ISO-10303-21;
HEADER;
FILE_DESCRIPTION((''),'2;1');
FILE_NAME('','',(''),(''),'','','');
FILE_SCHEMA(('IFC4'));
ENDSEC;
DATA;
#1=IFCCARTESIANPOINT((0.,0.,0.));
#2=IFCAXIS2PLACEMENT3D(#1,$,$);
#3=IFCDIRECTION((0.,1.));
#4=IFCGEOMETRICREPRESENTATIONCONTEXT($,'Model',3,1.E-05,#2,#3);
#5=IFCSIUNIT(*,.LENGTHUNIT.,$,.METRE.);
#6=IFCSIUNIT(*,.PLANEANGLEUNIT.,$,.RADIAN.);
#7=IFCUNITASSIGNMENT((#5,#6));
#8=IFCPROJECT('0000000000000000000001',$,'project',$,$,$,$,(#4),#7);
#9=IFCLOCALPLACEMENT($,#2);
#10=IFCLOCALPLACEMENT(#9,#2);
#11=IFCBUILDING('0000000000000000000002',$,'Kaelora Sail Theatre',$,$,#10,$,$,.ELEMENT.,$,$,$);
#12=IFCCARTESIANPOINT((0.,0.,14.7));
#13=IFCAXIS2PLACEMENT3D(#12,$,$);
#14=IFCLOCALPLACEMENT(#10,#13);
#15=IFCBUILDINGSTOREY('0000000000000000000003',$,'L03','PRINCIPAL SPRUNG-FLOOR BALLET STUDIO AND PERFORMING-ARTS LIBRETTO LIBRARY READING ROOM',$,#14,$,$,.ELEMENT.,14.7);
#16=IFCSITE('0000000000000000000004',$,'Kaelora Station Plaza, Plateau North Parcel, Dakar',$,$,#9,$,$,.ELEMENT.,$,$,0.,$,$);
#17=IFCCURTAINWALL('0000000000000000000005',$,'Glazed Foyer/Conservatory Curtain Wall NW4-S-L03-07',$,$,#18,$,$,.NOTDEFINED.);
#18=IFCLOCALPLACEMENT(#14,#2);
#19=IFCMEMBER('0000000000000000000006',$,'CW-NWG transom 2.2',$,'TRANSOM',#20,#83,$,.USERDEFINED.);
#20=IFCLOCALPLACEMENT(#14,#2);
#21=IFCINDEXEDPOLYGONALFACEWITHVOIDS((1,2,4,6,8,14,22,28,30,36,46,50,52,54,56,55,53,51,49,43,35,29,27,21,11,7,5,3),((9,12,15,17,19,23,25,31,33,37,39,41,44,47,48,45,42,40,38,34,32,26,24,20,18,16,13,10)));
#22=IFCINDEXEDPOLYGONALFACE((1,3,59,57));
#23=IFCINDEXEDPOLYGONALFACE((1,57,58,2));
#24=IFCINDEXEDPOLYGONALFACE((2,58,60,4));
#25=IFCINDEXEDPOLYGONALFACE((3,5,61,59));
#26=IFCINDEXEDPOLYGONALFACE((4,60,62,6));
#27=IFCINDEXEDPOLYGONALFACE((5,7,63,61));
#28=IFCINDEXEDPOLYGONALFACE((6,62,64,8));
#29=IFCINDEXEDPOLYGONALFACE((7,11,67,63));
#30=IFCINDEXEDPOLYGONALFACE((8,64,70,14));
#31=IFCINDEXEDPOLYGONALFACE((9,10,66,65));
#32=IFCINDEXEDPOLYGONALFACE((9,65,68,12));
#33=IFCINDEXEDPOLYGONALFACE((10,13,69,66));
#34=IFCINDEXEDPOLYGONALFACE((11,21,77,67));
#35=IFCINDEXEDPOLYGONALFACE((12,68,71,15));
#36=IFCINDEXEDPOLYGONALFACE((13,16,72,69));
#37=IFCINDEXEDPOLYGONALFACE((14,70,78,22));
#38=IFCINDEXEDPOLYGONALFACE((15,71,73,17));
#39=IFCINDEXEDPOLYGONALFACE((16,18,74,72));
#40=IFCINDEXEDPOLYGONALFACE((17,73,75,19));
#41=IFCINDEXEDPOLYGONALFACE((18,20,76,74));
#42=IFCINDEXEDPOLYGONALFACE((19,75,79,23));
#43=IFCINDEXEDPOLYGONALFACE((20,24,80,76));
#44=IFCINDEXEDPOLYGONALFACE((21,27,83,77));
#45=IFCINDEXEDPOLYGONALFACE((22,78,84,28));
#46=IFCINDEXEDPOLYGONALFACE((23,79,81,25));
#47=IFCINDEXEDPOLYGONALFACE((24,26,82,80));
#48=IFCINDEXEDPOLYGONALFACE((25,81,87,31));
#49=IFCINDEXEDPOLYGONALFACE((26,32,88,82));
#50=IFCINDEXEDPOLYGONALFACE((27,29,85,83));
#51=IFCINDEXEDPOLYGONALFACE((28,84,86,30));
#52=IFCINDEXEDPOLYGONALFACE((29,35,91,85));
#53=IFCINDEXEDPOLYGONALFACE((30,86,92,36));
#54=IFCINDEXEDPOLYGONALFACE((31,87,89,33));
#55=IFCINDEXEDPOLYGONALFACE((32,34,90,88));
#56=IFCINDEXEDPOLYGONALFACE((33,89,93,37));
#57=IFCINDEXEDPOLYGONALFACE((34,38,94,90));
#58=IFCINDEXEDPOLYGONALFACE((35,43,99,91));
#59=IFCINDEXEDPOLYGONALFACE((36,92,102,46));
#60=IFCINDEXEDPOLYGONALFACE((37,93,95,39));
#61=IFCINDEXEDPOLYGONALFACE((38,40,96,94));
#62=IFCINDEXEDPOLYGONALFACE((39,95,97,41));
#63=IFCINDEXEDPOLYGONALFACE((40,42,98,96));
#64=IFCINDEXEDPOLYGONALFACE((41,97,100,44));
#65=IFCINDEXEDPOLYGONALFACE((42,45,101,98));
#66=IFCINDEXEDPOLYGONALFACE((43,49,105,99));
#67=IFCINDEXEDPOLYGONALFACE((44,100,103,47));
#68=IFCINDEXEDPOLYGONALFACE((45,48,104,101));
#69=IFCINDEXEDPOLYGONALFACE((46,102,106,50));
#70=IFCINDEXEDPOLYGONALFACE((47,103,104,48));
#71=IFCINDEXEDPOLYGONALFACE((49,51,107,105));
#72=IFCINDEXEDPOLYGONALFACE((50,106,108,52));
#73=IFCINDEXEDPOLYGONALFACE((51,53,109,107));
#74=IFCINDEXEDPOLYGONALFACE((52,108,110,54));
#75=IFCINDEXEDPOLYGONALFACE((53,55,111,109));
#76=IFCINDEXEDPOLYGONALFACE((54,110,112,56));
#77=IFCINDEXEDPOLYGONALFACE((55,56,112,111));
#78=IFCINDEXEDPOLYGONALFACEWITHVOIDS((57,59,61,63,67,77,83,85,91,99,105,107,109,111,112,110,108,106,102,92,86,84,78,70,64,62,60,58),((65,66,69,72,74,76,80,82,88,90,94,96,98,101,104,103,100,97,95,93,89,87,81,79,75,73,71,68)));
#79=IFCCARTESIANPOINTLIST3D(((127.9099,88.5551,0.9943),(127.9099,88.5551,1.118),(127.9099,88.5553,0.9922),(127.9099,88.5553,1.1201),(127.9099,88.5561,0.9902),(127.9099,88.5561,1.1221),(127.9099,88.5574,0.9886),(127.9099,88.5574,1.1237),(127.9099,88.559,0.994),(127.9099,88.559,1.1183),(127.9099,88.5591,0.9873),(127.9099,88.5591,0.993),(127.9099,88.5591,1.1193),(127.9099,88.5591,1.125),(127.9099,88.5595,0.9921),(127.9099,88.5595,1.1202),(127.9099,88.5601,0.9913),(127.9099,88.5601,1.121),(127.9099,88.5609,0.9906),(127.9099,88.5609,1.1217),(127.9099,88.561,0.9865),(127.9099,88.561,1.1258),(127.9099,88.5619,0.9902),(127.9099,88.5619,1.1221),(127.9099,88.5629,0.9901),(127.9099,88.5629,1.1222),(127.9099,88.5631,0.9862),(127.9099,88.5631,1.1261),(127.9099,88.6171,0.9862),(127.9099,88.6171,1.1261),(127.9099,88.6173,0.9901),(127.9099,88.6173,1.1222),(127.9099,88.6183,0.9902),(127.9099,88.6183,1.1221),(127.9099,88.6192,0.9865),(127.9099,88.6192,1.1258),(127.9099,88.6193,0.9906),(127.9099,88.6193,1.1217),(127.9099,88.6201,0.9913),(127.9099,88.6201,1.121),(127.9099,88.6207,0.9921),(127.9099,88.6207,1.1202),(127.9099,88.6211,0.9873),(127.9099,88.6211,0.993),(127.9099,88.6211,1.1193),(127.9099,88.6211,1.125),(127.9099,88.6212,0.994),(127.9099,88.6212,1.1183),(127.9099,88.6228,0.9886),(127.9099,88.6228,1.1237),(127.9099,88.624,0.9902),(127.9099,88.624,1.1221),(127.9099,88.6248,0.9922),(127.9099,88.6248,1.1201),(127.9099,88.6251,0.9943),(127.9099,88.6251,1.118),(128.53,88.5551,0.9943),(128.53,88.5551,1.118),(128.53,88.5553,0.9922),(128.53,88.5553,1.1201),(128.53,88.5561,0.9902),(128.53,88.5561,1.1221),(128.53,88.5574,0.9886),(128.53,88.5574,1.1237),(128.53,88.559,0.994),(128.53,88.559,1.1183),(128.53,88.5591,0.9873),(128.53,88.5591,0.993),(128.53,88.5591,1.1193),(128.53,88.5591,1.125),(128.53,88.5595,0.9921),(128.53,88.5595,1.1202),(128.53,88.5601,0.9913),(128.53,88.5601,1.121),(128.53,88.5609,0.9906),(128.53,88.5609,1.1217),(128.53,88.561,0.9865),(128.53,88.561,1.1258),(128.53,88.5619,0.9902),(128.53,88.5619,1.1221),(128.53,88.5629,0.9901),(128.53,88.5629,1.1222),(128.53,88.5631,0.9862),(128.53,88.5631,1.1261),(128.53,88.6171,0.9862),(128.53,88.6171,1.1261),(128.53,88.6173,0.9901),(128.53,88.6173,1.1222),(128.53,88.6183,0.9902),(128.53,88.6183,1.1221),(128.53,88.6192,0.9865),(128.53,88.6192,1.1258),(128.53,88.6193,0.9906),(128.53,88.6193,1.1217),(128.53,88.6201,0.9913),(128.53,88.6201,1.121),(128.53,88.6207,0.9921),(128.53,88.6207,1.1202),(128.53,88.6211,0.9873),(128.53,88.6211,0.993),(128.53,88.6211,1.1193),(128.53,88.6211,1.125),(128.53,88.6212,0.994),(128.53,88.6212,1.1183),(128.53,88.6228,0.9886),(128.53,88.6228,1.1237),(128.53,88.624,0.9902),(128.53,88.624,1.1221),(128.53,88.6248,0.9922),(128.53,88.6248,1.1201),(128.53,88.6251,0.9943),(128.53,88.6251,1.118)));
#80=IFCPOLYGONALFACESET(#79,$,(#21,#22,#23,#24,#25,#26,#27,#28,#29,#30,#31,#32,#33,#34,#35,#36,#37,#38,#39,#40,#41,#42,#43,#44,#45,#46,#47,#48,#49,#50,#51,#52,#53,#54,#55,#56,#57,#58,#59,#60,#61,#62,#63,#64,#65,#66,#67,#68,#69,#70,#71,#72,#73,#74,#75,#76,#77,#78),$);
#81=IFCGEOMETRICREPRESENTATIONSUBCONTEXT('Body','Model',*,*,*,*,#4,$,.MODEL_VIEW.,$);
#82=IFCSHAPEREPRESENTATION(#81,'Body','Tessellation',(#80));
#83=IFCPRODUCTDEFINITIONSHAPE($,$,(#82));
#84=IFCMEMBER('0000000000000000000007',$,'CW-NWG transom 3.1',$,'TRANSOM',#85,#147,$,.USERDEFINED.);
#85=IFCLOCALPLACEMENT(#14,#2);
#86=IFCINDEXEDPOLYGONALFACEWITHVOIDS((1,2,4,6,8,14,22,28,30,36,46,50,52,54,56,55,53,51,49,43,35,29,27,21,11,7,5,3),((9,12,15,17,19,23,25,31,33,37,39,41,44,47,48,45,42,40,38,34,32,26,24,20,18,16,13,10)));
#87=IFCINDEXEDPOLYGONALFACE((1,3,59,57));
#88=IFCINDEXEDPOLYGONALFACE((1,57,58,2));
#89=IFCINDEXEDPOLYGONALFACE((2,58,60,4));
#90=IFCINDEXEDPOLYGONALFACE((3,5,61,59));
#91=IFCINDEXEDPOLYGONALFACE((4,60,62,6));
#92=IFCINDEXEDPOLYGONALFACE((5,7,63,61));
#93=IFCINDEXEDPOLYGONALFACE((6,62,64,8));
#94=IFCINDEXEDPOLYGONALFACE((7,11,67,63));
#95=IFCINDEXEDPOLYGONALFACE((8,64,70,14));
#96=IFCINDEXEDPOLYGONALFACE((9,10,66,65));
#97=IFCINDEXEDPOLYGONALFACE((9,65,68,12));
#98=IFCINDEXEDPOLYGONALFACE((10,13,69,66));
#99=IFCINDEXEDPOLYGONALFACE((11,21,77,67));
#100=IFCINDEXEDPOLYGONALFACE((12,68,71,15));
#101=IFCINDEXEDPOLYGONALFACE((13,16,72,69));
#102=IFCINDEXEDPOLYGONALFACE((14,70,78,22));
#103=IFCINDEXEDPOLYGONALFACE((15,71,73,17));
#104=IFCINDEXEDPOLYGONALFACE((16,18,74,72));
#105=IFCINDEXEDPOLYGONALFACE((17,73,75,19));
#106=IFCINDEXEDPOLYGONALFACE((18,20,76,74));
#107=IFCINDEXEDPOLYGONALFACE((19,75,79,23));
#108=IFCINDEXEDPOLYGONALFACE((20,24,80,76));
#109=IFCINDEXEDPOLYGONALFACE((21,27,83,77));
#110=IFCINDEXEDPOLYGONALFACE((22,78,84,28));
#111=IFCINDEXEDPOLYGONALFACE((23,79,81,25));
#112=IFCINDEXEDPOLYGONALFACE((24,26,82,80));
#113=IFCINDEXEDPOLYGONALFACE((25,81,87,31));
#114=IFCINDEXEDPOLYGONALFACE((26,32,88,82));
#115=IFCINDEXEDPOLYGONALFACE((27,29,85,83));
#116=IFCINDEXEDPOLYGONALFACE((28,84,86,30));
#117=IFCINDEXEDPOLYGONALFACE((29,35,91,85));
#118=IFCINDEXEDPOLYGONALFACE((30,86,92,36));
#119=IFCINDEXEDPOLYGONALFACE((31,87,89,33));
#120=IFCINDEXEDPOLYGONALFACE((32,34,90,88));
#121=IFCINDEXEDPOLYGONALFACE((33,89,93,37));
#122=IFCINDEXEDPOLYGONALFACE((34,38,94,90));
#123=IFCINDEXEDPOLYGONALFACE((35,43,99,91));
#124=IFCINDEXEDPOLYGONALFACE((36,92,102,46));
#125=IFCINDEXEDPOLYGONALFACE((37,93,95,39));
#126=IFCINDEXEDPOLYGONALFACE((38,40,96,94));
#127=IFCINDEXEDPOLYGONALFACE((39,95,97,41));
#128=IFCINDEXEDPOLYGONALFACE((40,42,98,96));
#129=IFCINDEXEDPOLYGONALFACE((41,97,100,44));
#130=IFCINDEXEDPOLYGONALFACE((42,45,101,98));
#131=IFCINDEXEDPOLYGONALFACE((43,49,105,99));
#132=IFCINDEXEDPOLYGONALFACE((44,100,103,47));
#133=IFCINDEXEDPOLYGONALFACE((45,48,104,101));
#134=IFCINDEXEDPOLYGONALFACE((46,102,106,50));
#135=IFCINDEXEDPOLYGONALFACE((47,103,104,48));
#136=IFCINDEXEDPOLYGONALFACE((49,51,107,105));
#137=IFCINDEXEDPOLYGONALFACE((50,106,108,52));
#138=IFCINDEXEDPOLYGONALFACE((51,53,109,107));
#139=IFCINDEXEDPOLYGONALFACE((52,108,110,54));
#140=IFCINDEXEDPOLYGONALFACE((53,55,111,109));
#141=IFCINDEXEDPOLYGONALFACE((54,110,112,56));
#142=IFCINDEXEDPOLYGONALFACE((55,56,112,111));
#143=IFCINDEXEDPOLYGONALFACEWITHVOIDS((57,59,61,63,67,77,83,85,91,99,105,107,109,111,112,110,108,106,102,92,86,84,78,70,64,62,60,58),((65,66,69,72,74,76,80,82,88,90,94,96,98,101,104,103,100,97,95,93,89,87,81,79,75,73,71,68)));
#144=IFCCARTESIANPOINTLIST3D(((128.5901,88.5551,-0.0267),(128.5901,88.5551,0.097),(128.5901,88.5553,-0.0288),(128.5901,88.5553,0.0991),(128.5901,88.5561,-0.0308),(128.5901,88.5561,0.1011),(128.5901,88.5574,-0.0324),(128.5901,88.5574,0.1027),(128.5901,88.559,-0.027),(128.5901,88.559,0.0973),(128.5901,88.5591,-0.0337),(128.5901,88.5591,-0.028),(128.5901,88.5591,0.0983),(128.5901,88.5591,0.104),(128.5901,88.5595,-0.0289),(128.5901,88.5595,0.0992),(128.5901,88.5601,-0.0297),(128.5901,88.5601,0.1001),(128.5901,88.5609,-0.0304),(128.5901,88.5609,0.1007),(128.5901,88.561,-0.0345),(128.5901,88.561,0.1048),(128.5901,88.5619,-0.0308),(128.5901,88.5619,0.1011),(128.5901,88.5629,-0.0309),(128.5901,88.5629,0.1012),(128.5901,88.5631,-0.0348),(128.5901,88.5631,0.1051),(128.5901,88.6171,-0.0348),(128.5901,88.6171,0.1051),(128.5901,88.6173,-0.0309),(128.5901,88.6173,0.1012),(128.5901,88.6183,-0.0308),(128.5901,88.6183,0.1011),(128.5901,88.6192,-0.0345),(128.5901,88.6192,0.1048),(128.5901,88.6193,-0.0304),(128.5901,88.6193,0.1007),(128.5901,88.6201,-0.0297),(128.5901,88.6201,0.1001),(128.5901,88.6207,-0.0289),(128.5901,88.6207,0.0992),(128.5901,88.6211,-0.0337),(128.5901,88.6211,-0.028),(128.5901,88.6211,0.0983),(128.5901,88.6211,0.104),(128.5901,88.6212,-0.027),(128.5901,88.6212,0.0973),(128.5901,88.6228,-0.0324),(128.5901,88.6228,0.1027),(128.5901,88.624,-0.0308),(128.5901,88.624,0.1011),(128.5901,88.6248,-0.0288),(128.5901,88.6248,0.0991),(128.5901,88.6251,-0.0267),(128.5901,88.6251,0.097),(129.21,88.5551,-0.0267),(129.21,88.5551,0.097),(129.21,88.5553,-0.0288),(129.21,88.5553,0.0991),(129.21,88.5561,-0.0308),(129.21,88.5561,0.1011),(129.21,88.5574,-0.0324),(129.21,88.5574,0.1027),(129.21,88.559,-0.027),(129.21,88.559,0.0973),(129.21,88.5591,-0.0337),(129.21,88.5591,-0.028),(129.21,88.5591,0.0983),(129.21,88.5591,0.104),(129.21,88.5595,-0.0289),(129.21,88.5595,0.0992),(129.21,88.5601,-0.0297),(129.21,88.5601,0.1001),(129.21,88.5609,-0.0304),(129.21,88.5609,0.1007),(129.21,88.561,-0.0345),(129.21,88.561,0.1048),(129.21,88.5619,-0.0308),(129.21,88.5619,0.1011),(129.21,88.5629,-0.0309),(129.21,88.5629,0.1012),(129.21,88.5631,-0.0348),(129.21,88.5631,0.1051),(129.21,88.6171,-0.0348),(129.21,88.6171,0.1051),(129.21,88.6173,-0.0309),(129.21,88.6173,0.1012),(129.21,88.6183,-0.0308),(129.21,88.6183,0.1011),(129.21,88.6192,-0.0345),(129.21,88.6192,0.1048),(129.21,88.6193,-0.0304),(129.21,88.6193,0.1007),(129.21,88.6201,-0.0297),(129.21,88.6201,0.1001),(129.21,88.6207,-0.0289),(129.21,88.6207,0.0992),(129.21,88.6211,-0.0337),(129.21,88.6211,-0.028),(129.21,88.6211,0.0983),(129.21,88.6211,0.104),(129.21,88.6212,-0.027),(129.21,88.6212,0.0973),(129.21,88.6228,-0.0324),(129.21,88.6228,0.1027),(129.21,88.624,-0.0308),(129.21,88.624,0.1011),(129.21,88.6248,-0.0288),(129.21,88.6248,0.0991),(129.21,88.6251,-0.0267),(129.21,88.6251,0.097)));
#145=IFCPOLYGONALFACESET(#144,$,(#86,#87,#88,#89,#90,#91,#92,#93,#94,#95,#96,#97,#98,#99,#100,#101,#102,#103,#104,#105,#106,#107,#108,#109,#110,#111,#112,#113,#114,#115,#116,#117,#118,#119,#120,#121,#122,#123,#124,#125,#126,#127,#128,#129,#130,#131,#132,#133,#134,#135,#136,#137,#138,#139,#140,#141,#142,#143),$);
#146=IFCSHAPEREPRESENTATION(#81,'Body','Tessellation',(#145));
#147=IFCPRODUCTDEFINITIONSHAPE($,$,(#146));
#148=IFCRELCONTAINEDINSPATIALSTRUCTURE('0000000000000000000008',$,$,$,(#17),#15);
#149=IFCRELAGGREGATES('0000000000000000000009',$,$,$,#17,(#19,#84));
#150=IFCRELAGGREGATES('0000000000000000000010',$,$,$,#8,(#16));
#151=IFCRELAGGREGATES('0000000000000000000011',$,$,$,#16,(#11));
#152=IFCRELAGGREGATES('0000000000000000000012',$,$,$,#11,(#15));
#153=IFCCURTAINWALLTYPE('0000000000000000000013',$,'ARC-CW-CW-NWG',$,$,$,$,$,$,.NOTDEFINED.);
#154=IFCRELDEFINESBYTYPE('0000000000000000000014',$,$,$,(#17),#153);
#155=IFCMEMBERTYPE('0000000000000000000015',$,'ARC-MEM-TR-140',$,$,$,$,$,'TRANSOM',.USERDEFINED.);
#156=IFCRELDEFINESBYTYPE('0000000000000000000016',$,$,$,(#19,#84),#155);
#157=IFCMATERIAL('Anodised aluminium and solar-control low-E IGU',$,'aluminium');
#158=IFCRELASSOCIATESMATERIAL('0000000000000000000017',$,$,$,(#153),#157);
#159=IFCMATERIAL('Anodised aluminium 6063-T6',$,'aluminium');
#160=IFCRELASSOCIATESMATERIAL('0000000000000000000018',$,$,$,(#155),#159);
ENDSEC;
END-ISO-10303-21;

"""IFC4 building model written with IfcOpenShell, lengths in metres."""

from ifc_helpers import new_model, si_unit, direction, frame, origin, origin_2d, place, context, subcontext, project, spatial, hollow_rectangle, extrude, material, material_profile, profile_set, type_object, element, aggregate, save


model = new_model("IFC4")

# Units and contexts
model_context = context("Model", 3, precision=1e-05, world=origin(), true_north=direction((0.0, 1.0)))
body_context = subcontext(model_context, "Body", "Model", "MODEL_VIEW")
ifc_project = project(units=[si_unit("LENGTHUNIT", "METRE"), si_unit("PLANEANGLEUNIT", "RADIAN")], contexts=[model_context])

# Site, building, storey
site_placement = place(None, origin())
site = spatial("IfcSite", under=ifc_project, at=site_placement, Name="Kaelora Station Plaza, Plateau North Parcel, Dakar", CompositionType="ELEMENT", RefElevation=0.0)
building_placement = place(site_placement, origin())
building = spatial("IfcBuilding", under=site, at=building_placement, Name="Kaelora Sail Theatre", CompositionType="ELEMENT")
storey_placement = place(building_placement, frame((0.0, 0.0, 14.7)))
storey = spatial("IfcBuildingStorey", under=building, at=storey_placement, Name="L03", Description="PRINCIPAL SPRUNG-FLOOR BALLET STUDIO AND PERFORMING-ARTS LIBRETTO LIBRARY READING ROOM", CompositionType="ELEMENT", Elevation=14.7)

# Curtain wall
ifc_material_1 = material(Name="Anodised aluminium and solar-control low-E IGU", Category="aluminium")
curtain_wall_type = type_object("IfcCurtainWallType", Name="ARC-CW-CW-NWG", PredefinedType="NOTDEFINED", material=ifc_material_1)
curtain_wall_1_placement = place(storey_placement, origin())
curtain_wall_1 = element("IfcCurtainWall", 1, at=curtain_wall_1_placement, inside=storey, type_object=curtain_wall_type, Name="Glazed Foyer/Conservatory Curtain Wall NW4-S-L03-07", PredefinedType="NOTDEFINED")

# Members
ifc_material_2 = material(Name="Anodised aluminium 6063-T6", Category="aluminium")
ifc_material_profile_1 = material_profile(ifc_material_2, hollow_rectangle(XDim=0.0701, YDim=0.1399, WallThickness=0.0039, InnerFilletRadius=0.0039, OuterFilletRadius=0.0081, at=origin_2d()), Name="ALU-TRAN 70x140x4")
ifc_profile_set_1 = profile_set([ifc_material_profile_1], Name="Anodised aluminium 6063-T6")
member_type_1 = type_object("IfcMemberType", Name="ARC-MEM-TR-140", ElementType="TRANSOM", PredefinedType="USERDEFINED", material=ifc_profile_set_1)
member_1_placement = place(storey_placement, frame((127.9099, 88.5901, 1.0562), z_axis=(1.0, 0.0, 0.0), x_axis=(0.0, 1.0, 0.0)))
member_1 = element("IfcMember", 2, at=member_1_placement, type_object=member_type_1, Name="CW-NWG transom 2.2", ObjectType="TRANSOM", PredefinedType="USERDEFINED", context=body_context, shape_type="SweptSolid", body=[
    extrude(hollow_rectangle(XDim=0.0701, YDim=0.1399, WallThickness=0.0039, InnerFilletRadius=0.0039, OuterFilletRadius=0.0081, at=origin_2d()), origin(), (0.0, 0.0, 1.0), 0.6201),
])
member_2_placement = place(storey_placement, frame((128.5901, 88.5901, 0.0352), z_axis=(1.0, 0.0, 0.0), x_axis=(0.0, 1.0, 0.0)))
member_2 = element("IfcMember", 3, at=member_2_placement, type_object=member_type_1, Name="CW-NWG transom 3.1", ObjectType="TRANSOM", PredefinedType="USERDEFINED", context=body_context, shape_type="SweptSolid", body=[
    extrude(hollow_rectangle(XDim=0.0701, YDim=0.1399, WallThickness=0.0039, InnerFilletRadius=0.0039, OuterFilletRadius=0.0081, at=origin_2d()), origin(), (0.0, 0.0, 1.0), 0.6199),
])

aggregate(curtain_wall_1, [member_1, member_2])

save(model, "model.ifc")
